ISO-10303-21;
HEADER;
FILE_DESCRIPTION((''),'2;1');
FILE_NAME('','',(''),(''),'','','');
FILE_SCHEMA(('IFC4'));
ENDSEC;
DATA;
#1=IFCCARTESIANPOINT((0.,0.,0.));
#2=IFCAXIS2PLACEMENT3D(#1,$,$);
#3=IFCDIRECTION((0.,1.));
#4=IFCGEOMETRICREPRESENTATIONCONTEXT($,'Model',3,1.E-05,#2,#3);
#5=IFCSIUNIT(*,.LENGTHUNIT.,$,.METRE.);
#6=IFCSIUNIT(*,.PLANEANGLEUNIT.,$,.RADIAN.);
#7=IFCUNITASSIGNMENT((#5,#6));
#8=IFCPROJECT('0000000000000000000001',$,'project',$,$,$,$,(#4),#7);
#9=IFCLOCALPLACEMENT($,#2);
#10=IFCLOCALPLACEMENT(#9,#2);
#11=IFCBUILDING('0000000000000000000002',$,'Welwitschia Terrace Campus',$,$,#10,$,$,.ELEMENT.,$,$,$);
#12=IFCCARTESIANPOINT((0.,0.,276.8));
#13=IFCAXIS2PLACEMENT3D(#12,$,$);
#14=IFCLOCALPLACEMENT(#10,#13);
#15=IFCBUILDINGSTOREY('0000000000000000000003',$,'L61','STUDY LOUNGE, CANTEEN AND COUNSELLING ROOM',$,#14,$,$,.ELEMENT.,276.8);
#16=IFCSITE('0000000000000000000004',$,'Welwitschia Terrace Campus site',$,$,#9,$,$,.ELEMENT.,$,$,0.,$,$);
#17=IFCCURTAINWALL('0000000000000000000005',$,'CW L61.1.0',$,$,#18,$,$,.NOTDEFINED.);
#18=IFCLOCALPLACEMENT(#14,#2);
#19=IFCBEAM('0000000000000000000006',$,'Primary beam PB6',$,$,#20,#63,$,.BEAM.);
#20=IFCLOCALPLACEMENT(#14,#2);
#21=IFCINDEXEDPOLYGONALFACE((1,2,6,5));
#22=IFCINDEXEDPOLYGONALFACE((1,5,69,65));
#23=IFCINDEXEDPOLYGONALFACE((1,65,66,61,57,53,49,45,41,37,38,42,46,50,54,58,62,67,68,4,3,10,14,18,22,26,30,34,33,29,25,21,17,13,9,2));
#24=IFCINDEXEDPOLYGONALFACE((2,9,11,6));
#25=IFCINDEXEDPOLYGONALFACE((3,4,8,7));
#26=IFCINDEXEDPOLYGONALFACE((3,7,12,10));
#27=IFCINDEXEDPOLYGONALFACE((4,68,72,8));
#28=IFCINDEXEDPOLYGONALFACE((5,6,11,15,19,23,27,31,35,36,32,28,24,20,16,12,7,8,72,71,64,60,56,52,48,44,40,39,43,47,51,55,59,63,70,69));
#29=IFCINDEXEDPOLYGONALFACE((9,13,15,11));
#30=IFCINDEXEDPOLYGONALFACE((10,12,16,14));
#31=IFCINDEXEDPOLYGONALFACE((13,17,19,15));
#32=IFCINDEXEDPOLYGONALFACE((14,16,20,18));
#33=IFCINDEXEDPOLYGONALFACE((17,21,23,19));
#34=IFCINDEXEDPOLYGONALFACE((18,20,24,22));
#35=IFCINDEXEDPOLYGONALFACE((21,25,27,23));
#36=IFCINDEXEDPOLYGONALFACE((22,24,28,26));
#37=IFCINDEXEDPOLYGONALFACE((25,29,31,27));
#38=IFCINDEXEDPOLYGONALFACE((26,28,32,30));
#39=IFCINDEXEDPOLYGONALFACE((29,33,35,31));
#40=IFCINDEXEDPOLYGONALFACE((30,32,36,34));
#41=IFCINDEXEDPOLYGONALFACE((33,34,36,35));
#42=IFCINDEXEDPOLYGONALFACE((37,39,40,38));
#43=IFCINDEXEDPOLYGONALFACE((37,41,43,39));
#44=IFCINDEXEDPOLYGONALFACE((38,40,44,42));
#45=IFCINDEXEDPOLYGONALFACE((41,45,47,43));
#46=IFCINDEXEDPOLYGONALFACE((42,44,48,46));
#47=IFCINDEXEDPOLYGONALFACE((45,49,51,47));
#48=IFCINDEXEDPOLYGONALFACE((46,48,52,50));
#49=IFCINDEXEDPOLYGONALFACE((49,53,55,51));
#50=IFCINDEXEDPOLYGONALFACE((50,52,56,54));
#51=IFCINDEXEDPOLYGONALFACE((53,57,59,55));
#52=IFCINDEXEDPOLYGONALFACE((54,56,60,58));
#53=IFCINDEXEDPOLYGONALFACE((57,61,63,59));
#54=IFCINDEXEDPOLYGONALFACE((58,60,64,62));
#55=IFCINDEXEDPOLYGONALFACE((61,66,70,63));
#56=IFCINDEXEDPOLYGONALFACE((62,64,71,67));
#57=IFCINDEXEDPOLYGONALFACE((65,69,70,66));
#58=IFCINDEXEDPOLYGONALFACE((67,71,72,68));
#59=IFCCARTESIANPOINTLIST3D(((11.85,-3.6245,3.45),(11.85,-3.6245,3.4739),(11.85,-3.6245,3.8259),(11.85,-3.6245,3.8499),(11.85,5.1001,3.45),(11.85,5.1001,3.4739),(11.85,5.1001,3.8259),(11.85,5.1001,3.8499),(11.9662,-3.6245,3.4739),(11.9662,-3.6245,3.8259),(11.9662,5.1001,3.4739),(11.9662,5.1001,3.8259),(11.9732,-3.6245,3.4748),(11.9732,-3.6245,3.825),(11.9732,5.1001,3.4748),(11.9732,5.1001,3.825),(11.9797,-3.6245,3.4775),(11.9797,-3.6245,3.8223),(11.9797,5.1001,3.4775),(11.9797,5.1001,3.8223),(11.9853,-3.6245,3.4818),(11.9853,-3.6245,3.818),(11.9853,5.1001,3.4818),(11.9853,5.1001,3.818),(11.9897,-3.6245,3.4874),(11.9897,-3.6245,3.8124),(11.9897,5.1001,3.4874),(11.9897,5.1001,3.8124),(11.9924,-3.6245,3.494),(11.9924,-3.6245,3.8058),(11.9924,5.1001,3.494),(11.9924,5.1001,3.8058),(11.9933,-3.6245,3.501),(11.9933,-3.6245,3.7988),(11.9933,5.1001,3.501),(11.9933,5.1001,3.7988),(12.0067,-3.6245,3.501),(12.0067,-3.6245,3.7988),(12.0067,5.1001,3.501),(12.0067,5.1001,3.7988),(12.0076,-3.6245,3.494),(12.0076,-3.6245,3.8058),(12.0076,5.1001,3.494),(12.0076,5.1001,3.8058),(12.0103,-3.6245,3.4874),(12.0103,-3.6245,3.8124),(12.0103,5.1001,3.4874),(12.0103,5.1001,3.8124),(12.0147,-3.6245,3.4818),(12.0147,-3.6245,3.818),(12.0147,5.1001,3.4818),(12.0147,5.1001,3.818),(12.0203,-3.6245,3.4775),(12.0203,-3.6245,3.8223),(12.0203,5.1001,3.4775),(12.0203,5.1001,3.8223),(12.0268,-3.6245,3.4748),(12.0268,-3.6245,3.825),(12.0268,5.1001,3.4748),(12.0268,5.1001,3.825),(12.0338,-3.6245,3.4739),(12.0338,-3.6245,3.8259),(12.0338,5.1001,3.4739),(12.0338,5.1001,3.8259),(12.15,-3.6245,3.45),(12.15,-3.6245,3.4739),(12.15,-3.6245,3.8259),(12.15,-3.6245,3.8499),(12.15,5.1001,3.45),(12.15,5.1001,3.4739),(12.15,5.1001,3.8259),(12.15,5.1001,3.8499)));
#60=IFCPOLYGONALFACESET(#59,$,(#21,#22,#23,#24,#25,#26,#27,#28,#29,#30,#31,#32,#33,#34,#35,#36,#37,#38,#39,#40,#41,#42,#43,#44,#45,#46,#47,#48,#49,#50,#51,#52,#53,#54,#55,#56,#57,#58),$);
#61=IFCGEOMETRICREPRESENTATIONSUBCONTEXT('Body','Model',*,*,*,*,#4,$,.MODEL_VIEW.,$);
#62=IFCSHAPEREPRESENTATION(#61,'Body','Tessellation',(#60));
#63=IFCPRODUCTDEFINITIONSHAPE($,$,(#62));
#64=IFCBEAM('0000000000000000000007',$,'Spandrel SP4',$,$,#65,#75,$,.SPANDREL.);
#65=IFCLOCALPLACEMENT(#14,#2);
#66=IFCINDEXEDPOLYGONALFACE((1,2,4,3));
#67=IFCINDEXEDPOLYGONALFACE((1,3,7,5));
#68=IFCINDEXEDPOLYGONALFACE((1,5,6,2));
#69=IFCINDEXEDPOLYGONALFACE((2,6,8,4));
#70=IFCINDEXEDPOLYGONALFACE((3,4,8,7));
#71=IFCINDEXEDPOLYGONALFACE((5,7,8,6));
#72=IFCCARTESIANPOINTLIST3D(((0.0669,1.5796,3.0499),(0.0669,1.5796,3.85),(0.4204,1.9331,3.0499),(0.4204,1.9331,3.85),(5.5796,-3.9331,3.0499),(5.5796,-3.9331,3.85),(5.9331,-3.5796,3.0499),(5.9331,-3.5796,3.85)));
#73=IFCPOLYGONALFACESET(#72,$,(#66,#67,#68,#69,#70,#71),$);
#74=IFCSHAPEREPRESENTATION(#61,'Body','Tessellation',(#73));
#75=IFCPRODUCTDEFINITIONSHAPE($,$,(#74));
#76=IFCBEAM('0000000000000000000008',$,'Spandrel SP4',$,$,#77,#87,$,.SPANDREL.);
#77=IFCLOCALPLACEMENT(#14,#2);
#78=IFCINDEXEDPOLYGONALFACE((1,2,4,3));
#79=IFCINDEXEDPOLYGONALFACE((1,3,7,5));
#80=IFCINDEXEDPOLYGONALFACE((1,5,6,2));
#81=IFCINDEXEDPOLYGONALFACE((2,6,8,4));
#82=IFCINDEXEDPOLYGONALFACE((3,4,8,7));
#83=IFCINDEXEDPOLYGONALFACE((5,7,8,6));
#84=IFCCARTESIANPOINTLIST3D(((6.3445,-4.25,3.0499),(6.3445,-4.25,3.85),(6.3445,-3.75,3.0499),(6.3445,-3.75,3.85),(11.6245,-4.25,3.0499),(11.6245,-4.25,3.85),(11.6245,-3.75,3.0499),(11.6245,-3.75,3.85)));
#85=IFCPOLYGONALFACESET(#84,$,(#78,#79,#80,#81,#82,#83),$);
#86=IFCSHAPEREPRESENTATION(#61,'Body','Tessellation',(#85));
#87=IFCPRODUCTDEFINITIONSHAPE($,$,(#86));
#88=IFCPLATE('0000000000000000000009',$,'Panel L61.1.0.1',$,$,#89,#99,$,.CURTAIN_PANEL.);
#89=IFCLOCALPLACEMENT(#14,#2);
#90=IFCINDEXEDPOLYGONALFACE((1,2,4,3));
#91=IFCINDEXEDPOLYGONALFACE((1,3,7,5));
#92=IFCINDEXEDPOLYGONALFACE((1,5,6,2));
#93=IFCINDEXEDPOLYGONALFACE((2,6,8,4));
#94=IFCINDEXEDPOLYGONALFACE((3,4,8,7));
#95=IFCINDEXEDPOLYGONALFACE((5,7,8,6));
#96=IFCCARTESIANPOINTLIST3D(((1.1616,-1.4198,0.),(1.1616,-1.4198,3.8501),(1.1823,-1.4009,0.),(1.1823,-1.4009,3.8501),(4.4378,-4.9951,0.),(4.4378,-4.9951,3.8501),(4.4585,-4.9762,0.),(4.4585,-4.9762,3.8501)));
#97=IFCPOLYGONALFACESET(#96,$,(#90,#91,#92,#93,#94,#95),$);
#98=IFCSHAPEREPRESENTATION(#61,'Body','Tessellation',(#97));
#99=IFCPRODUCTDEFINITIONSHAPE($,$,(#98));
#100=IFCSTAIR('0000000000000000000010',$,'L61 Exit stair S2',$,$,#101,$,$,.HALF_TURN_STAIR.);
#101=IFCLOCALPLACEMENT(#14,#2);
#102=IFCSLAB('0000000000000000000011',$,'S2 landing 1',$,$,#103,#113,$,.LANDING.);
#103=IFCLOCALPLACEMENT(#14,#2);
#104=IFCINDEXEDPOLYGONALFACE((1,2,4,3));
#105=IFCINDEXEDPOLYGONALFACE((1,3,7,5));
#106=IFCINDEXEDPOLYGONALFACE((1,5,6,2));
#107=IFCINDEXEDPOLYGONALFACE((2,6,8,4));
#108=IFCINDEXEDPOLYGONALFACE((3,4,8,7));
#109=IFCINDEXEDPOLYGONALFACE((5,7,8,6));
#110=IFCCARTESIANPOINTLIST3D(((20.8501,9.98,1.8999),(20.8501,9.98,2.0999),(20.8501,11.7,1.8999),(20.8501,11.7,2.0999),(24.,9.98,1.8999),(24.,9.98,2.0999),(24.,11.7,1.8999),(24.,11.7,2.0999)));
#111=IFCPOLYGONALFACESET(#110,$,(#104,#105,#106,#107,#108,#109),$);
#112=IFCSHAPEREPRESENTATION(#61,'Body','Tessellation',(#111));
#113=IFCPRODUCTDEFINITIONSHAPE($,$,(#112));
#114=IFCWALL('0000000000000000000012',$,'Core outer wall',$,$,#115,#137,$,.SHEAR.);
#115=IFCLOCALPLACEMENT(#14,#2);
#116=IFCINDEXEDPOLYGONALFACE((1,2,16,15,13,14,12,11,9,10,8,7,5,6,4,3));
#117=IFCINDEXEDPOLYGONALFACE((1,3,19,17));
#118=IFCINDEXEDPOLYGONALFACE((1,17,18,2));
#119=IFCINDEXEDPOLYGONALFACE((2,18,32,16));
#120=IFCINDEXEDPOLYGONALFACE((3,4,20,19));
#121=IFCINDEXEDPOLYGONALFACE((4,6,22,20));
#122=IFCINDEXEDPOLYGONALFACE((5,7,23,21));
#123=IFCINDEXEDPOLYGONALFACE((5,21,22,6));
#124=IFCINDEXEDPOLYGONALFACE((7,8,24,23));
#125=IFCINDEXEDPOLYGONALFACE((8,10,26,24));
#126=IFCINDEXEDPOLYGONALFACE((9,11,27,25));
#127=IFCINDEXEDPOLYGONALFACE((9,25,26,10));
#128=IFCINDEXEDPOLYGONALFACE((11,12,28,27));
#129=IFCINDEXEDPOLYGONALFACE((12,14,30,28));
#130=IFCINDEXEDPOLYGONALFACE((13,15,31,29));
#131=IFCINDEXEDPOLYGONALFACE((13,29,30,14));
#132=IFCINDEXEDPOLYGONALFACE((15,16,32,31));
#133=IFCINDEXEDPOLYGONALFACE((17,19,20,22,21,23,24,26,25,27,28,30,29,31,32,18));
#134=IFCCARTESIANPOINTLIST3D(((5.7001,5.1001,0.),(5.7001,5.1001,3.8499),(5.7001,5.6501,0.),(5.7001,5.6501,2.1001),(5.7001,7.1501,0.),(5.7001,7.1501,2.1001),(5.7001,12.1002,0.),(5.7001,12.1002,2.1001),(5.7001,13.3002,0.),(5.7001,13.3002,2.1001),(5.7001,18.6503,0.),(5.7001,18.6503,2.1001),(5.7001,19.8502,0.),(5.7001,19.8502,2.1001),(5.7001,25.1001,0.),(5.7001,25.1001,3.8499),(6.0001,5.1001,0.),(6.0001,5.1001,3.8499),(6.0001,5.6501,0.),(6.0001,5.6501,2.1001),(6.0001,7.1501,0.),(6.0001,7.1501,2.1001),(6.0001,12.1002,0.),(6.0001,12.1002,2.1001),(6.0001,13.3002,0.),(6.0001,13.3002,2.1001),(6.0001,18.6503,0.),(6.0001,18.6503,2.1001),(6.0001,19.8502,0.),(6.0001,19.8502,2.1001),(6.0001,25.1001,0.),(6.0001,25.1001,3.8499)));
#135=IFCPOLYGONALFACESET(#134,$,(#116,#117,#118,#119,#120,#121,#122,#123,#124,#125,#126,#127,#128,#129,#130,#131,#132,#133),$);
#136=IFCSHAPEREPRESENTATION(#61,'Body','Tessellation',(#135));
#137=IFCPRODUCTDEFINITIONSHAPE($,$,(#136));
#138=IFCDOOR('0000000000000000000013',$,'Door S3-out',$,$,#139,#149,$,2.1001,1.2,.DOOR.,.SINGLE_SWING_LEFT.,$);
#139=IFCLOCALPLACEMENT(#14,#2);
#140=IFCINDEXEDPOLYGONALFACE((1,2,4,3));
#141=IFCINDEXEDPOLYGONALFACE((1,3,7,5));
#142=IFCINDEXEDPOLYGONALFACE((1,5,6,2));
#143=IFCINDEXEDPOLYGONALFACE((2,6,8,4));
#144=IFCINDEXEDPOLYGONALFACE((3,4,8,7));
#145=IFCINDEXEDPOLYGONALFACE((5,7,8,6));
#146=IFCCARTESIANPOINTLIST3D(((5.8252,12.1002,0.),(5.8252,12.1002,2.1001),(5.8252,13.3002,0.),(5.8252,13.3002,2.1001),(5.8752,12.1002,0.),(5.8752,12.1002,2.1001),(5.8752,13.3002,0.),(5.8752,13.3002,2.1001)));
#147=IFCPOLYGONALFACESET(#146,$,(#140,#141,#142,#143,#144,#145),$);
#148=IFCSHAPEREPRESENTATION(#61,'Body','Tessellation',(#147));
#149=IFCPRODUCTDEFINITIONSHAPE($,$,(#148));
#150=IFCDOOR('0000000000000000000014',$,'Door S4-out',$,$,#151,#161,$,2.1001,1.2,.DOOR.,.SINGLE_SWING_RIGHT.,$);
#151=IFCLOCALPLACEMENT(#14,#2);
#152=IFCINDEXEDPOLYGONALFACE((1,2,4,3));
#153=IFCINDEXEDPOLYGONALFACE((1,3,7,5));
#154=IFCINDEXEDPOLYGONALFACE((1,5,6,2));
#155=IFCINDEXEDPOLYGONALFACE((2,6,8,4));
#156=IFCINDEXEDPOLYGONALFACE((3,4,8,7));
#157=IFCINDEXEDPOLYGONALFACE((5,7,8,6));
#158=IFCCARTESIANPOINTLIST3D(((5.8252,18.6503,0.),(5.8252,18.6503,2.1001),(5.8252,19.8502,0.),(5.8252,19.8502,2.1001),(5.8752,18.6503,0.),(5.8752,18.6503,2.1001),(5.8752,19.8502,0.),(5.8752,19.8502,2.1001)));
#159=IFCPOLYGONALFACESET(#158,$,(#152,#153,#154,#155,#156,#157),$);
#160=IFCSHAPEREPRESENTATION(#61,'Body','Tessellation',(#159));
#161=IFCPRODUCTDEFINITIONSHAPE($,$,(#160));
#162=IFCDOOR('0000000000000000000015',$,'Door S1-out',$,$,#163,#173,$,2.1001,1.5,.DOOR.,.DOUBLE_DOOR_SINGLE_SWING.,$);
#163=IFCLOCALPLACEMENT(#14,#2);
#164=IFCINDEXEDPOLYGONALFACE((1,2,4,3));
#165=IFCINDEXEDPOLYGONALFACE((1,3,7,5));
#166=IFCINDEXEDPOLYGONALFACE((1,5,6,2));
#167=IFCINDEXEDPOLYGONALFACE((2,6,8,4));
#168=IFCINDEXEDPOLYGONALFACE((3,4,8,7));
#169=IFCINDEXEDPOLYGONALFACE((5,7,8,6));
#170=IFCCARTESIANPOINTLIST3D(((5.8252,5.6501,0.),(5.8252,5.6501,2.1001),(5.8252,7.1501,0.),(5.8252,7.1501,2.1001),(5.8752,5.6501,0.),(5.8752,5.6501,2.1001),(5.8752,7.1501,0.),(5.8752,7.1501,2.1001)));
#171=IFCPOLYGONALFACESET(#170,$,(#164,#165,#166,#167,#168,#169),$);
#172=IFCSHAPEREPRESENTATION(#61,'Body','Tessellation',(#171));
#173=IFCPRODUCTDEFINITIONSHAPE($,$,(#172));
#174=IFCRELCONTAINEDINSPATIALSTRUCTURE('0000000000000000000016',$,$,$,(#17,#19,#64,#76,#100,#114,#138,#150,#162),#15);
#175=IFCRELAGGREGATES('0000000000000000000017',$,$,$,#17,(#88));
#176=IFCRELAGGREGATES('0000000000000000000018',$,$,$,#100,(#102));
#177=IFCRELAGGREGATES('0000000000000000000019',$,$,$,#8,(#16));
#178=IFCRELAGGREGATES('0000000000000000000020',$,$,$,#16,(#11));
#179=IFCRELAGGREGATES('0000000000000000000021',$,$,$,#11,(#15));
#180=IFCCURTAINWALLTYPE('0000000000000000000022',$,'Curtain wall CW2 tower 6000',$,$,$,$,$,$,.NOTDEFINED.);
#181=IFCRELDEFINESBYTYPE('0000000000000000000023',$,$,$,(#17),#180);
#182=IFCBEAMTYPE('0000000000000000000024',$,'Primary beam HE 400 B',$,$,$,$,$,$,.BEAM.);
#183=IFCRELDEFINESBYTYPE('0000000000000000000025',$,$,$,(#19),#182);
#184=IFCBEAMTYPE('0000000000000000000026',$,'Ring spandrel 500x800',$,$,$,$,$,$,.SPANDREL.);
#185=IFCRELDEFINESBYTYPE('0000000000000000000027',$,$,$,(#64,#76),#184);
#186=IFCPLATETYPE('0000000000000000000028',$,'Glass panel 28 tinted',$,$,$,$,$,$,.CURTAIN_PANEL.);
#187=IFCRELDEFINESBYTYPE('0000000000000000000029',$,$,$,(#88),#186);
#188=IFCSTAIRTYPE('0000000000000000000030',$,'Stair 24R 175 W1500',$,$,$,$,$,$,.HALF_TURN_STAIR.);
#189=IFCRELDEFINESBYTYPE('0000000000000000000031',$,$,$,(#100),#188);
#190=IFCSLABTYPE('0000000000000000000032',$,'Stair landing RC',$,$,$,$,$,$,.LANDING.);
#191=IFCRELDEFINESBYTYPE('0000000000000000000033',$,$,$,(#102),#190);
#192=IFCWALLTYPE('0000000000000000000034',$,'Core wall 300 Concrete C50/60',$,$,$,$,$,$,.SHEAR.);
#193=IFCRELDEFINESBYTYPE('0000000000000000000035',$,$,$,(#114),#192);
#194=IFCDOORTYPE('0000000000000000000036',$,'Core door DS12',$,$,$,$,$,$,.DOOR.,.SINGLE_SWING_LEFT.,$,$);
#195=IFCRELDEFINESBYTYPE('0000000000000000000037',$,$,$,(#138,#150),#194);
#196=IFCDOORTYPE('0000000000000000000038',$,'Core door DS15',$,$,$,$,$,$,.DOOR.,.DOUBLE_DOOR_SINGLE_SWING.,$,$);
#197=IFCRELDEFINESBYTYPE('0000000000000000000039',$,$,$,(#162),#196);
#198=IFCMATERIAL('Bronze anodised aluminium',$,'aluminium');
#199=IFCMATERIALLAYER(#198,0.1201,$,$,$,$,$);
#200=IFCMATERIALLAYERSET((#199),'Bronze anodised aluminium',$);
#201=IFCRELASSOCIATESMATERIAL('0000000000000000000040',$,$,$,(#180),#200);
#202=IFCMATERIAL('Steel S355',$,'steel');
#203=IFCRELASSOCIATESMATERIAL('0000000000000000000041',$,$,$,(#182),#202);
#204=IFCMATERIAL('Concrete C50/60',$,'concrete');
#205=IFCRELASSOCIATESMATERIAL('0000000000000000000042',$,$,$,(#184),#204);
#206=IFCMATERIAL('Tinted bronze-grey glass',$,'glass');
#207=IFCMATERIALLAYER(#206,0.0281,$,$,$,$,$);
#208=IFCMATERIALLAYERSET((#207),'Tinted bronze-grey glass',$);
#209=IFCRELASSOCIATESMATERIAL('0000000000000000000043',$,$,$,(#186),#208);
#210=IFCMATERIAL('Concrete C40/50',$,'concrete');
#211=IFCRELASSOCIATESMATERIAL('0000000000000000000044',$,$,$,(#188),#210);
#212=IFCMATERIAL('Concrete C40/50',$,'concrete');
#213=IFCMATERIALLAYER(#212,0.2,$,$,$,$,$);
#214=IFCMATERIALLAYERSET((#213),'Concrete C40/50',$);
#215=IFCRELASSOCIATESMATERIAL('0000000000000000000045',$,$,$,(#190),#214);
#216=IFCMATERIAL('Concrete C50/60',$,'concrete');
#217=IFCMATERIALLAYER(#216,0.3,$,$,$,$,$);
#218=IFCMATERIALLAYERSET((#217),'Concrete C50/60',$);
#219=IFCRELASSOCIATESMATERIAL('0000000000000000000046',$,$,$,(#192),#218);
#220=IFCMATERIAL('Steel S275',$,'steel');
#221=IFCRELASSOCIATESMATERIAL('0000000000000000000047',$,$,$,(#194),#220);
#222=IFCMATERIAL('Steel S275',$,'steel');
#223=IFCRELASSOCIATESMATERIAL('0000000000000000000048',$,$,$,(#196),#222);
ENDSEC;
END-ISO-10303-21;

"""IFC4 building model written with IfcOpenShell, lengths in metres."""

from ifc_helpers import new_model, si_unit, direction, frame, frame_2d, origin, origin_2d, place, context, subcontext, project, spatial, polyline, rectangle, i_section, outline, extrude, material, layer, layer_set, material_profile, profile_set, type_object, element, fill, aggregate, save


model = new_model("IFC4")

# Units and contexts
model_context = context("Model", 3, precision=1e-05, world=origin(), true_north=direction((0.0, 1.0)))
body_context = subcontext(model_context, "Body", "Model", "MODEL_VIEW")
ifc_project = project(units=[si_unit("LENGTHUNIT", "METRE"), si_unit("PLANEANGLEUNIT", "RADIAN")], contexts=[model_context])

# Site, building, storey
site_placement = place(None, origin())
site = spatial("IfcSite", under=ifc_project, at=site_placement, Name="Welwitschia Terrace Campus site", CompositionType="ELEMENT", RefElevation=0.0)
building_placement = place(site_placement, origin())
building = spatial("IfcBuilding", under=site, at=building_placement, Name="Welwitschia Terrace Campus", CompositionType="ELEMENT")
storey_placement = place(building_placement, frame((0.0, 0.0, 276.8)))
storey = spatial("IfcBuildingStorey", under=building, at=storey_placement, Name="L61", Description="STUDY LOUNGE, CANTEEN AND COUNSELLING ROOM", CompositionType="ELEMENT", Elevation=276.8)

# Curtain wall
ifc_material_1 = material(Name="Bronze anodised aluminium", Category="aluminium")
ifc_layer_1 = layer(ifc_material_1, 0.1201)
ifc_layer_set_1 = layer_set([ifc_layer_1], Name="Bronze anodised aluminium")
curtain_wall_type = type_object("IfcCurtainWallType", Name="Curtain wall CW2 tower 6000", PredefinedType="NOTDEFINED", material=ifc_layer_set_1)
curtain_wall_placement = place(storey_placement, origin())
curtain_wall = element("IfcCurtainWall", 1, at=curtain_wall_placement, inside=storey, type_object=curtain_wall_type, Name="CW L61.1.0", PredefinedType="NOTDEFINED")

# Beams
ifc_material_2 = material(Name="Steel S355", Category="steel")
ifc_material_profile_1 = material_profile(ifc_material_2, i_section(OverallWidth=0.3, OverallDepth=0.3999, WebThickness=0.0134, FlangeThickness=0.0239, FilletRadius=0.0271, at=origin_2d()))
ifc_profile_set_1 = profile_set([ifc_material_profile_1], Name="Steel S355")
beam_type_1 = type_object("IfcBeamType", Name="Primary beam HE 400 B", PredefinedType="BEAM", material=ifc_profile_set_1)
beam_1_placement = place(storey_placement, frame((12.0, -3.6245, 3.6499), z_axis=(0.0, 1.0, 0.0), x_axis=(-1.0, 0.0, 0.0)))
element("IfcBeam", 2, at=beam_1_placement, inside=storey, type_object=beam_type_1, Name="Primary beam PB6", PredefinedType="BEAM", context=body_context, shape_type="SweptSolid", body=[
    extrude(i_section(OverallWidth=0.3, OverallDepth=0.3999, WebThickness=0.0134, FlangeThickness=0.0239, FilletRadius=0.0271, at=origin_2d()), origin(), (0.0, 0.0, 1.0), 8.7246),
])
ifc_material_3 = material(Name="Concrete C50/60", Category="concrete")
ifc_material_profile_2 = material_profile(ifc_material_3, rectangle(XDim=0.5, YDim=0.8, at=origin_2d()))
ifc_profile_set_2 = profile_set([ifc_material_profile_2], Name="Concrete C50/60")
beam_type_2 = type_object("IfcBeamType", Name="Ring spandrel 500x800", PredefinedType="SPANDREL", material=ifc_profile_set_2)
beam_2_placement = place(storey_placement, frame((0.2437, 1.7563, 3.45), z_axis=(0.707107, -0.707107, 0.0), x_axis=(0.707107, 0.707107, 0.0)))
element("IfcBeam", 3, at=beam_2_placement, inside=storey, type_object=beam_type_2, Name="Spandrel SP4", PredefinedType="SPANDREL", context=body_context, shape_type="SweptSolid", body=[
    extrude(rectangle(XDim=0.5, YDim=0.8, at=origin_2d()), origin(), (0.0, 0.0, 1.0), 7.7961),
])
beam_3_placement = place(storey_placement, frame((6.3445, -4.0, 3.45), z_axis=(1.0, 0.0, 0.0), x_axis=(0.0, 1.0, 0.0)))
element("IfcBeam", 4, at=beam_3_placement, inside=storey, type_object=beam_type_2, Name="Spandrel SP4", PredefinedType="SPANDREL", context=body_context, shape_type="SweptSolid", body=[
    extrude(rectangle(XDim=0.5, YDim=0.8, at=origin_2d()), origin(), (0.0, 0.0, 1.0), 5.28),
])

# Plate
ifc_material_4 = material(Name="Tinted bronze-grey glass", Category="glass")
ifc_layer_2 = layer(ifc_material_4, 0.0281)
ifc_layer_set_2 = layer_set([ifc_layer_2], Name="Tinted bronze-grey glass")
plate_type = type_object("IfcPlateType", Name="Glass panel 28 tinted", PredefinedType="CURTAIN_PANEL", material=ifc_layer_set_2)
plate_placement = place(storey_placement, frame((2.8101, -3.198, 0.0), z_axis=(0.0, 0.0, 1.0), x_axis=(0.67559, -0.737277, 0.0)))
plate = element("IfcPlate", 5, at=plate_placement, type_object=plate_type, Name="Panel L61.1.0.1", PredefinedType="CURTAIN_PANEL", context=body_context, shape_type="SweptSolid", body=[
    extrude(rectangle(XDim=4.8494, YDim=0.0281, at=origin_2d()), origin(), (0.0, 0.0, 1.0), 3.8501),
])
aggregate(curtain_wall, [plate])

# Stair, slab
ifc_material_5 = material(Name="Concrete C40/50", Category="concrete")
stair_type = type_object("IfcStairType", Name="Stair 24R 175 W1500", PredefinedType="HALF_TURN_STAIR", material=ifc_material_5)
stair_1_placement = place(storey_placement, origin())
stair_1 = element("IfcStair", 6, at=stair_1_placement, inside=storey, type_object=stair_type, Name="L61 Exit stair S2", PredefinedType="HALF_TURN_STAIR")
ifc_material_6 = material(Name="Concrete C40/50", Category="concrete")
ifc_layer_3 = layer(ifc_material_6, 0.2)
ifc_layer_set_3 = layer_set([ifc_layer_3], Name="Concrete C40/50")
slab_type = type_object("IfcSlabType", Name="Stair landing RC", PredefinedType="LANDING", material=ifc_layer_set_3)
slab_placement = place(storey_placement, frame((0.0, 0.0, 1.8999)))
slab = element("IfcSlab", 7, at=slab_placement, type_object=slab_type, Name="S2 landing 1", PredefinedType="LANDING", context=body_context, shape_type="SweptSolid", body=[
    extrude(outline(polyline([(24.0, 9.98), (24.0, 11.7), (20.8501, 11.7), (20.8501, 9.98), (24.0, 9.98)])), origin(), (0.0, 0.0, 1.0), 0.2),
])
aggregate(stair_1, [slab])

# Wall, openings, doors
ifc_material_7 = material(Name="Concrete C50/60", Category="concrete")
ifc_layer_4 = layer(ifc_material_7, 0.3)
ifc_layer_set_4 = layer_set([ifc_layer_4], Name="Concrete C50/60")
wall_type_1 = type_object("IfcWallType", Name="Core wall 300 Concrete C50/60", PredefinedType="SHEAR", material=ifc_layer_set_4)
wall_1_placement = place(storey_placement, frame((5.8501, 5.1001, 0.0), z_axis=(0.0, 0.0, 1.0), x_axis=(0.0, 1.0, 0.0)))
wall_1 = element("IfcWall", 8, at=wall_1_placement, inside=storey, type_object=wall_type_1, Name="Core outer wall", PredefinedType="SHEAR", context=body_context, shape_type="SweptSolid", body=[
    extrude(rectangle(XDim=20.0, YDim=0.3, at=frame_2d((10.0, 0.0))), origin(), (0.0, 0.0, 1.0), 3.8499),
])
opening_1_placement = place(wall_1_placement, frame((0.55, 0.0, 0.0)))
opening_1 = element("IfcOpeningElement", 9, at=opening_1_placement, cuts=wall_1, PredefinedType="OPENING", context=body_context, shape_type="SweptSolid", body=[
    extrude(rectangle(XDim=1.5, YDim=2.1001, at=frame_2d((0.75, 1.05))), frame((0.0, 0.1599, 0.0), z_axis=(0.0, -1.0, 0.0), x_axis=(1.0, 0.0, 0.0)), (0.0, 0.0, 1.0), 0.3201),
])
opening_2_placement = place(wall_1_placement, frame((7.0, 0.0, 0.0)))
opening_2 = element("IfcOpeningElement", 10, at=opening_2_placement, cuts=wall_1, PredefinedType="OPENING", context=body_context, shape_type="SweptSolid", body=[
    extrude(rectangle(XDim=1.2, YDim=2.1001, at=frame_2d((0.6001, 1.05))), frame((0.0, 0.1599, 0.0), z_axis=(0.0, -1.0, 0.0), x_axis=(1.0, 0.0, 0.0)), (0.0, 0.0, 1.0), 0.3201),
])
opening_3_placement = place(wall_1_placement, frame((13.55, 0.0, 0.0)))
opening_3 = element("IfcOpeningElement", 11, at=opening_3_placement, cuts=wall_1, PredefinedType="OPENING", context=body_context, shape_type="SweptSolid", body=[
    extrude(rectangle(XDim=1.2, YDim=2.1001, at=frame_2d((0.6001, 1.05))), frame((0.0, 0.1599, 0.0), z_axis=(0.0, -1.0, 0.0), x_axis=(1.0, 0.0, 0.0)), (0.0, 0.0, 1.0), 0.3201),
])
ifc_material_8 = material(Name="Steel S275", Category="steel")
door_type_1 = type_object("IfcDoorType", Name="Core door DS12", OperationType="SINGLE_SWING_LEFT", PredefinedType="DOOR", material=ifc_material_8)
door_1_placement = place(opening_2_placement, origin())
door_1 = element("IfcDoor", 12, at=door_1_placement, inside=storey, type_object=door_type_1, Name="Door S3-out", OperationType="SINGLE_SWING_LEFT", OverallHeight=2.1001, OverallWidth=1.2, PredefinedType="DOOR", context=body_context, shape_type="SweptSolid", body=[
    extrude(rectangle(XDim=1.2, YDim=2.1001, at=frame_2d((0.6001, 1.05))), frame((0.0, 0.0249, 0.0), z_axis=(0.0, -1.0, 0.0), x_axis=(1.0, 0.0, 0.0)), (0.0, 0.0, 1.0), 0.05),
])
fill(opening_2, door_1)
door_2_placement = place(opening_3_placement, origin())
door_2 = element("IfcDoor", 13, at=door_2_placement, inside=storey, type_object=door_type_1, Name="Door S4-out", OperationType="SINGLE_SWING_RIGHT", OverallHeight=2.1001, OverallWidth=1.2, PredefinedType="DOOR", context=body_context, shape_type="SweptSolid", body=[
    extrude(rectangle(XDim=1.2, YDim=2.1001, at=frame_2d((0.6001, 1.05))), frame((0.0, 0.0249, 0.0), z_axis=(0.0, -1.0, 0.0), x_axis=(1.0, 0.0, 0.0)), (0.0, 0.0, 1.0), 0.05),
])
fill(opening_3, door_2)
ifc_material_9 = material(Name="Steel S275", Category="steel")
door_type_2 = type_object("IfcDoorType", Name="Core door DS15", OperationType="DOUBLE_DOOR_SINGLE_SWING", PredefinedType="DOOR", material=ifc_material_9)
door_3_placement = place(opening_1_placement, origin())
door_3 = element("IfcDoor", 14, at=door_3_placement, inside=storey, type_object=door_type_2, Name="Door S1-out", OperationType="DOUBLE_DOOR_SINGLE_SWING", OverallHeight=2.1001, OverallWidth=1.5, PredefinedType="DOOR", context=body_context, shape_type="SweptSolid", body=[
    extrude(rectangle(XDim=1.5, YDim=2.1001, at=frame_2d((0.75, 1.05))), frame((0.0, 0.0249, 0.0), z_axis=(0.0, -1.0, 0.0), x_axis=(1.0, 0.0, 0.0)), (0.0, 0.0, 1.0), 0.05),
])
fill(opening_1, door_3)

save(model, "model.ifc")
